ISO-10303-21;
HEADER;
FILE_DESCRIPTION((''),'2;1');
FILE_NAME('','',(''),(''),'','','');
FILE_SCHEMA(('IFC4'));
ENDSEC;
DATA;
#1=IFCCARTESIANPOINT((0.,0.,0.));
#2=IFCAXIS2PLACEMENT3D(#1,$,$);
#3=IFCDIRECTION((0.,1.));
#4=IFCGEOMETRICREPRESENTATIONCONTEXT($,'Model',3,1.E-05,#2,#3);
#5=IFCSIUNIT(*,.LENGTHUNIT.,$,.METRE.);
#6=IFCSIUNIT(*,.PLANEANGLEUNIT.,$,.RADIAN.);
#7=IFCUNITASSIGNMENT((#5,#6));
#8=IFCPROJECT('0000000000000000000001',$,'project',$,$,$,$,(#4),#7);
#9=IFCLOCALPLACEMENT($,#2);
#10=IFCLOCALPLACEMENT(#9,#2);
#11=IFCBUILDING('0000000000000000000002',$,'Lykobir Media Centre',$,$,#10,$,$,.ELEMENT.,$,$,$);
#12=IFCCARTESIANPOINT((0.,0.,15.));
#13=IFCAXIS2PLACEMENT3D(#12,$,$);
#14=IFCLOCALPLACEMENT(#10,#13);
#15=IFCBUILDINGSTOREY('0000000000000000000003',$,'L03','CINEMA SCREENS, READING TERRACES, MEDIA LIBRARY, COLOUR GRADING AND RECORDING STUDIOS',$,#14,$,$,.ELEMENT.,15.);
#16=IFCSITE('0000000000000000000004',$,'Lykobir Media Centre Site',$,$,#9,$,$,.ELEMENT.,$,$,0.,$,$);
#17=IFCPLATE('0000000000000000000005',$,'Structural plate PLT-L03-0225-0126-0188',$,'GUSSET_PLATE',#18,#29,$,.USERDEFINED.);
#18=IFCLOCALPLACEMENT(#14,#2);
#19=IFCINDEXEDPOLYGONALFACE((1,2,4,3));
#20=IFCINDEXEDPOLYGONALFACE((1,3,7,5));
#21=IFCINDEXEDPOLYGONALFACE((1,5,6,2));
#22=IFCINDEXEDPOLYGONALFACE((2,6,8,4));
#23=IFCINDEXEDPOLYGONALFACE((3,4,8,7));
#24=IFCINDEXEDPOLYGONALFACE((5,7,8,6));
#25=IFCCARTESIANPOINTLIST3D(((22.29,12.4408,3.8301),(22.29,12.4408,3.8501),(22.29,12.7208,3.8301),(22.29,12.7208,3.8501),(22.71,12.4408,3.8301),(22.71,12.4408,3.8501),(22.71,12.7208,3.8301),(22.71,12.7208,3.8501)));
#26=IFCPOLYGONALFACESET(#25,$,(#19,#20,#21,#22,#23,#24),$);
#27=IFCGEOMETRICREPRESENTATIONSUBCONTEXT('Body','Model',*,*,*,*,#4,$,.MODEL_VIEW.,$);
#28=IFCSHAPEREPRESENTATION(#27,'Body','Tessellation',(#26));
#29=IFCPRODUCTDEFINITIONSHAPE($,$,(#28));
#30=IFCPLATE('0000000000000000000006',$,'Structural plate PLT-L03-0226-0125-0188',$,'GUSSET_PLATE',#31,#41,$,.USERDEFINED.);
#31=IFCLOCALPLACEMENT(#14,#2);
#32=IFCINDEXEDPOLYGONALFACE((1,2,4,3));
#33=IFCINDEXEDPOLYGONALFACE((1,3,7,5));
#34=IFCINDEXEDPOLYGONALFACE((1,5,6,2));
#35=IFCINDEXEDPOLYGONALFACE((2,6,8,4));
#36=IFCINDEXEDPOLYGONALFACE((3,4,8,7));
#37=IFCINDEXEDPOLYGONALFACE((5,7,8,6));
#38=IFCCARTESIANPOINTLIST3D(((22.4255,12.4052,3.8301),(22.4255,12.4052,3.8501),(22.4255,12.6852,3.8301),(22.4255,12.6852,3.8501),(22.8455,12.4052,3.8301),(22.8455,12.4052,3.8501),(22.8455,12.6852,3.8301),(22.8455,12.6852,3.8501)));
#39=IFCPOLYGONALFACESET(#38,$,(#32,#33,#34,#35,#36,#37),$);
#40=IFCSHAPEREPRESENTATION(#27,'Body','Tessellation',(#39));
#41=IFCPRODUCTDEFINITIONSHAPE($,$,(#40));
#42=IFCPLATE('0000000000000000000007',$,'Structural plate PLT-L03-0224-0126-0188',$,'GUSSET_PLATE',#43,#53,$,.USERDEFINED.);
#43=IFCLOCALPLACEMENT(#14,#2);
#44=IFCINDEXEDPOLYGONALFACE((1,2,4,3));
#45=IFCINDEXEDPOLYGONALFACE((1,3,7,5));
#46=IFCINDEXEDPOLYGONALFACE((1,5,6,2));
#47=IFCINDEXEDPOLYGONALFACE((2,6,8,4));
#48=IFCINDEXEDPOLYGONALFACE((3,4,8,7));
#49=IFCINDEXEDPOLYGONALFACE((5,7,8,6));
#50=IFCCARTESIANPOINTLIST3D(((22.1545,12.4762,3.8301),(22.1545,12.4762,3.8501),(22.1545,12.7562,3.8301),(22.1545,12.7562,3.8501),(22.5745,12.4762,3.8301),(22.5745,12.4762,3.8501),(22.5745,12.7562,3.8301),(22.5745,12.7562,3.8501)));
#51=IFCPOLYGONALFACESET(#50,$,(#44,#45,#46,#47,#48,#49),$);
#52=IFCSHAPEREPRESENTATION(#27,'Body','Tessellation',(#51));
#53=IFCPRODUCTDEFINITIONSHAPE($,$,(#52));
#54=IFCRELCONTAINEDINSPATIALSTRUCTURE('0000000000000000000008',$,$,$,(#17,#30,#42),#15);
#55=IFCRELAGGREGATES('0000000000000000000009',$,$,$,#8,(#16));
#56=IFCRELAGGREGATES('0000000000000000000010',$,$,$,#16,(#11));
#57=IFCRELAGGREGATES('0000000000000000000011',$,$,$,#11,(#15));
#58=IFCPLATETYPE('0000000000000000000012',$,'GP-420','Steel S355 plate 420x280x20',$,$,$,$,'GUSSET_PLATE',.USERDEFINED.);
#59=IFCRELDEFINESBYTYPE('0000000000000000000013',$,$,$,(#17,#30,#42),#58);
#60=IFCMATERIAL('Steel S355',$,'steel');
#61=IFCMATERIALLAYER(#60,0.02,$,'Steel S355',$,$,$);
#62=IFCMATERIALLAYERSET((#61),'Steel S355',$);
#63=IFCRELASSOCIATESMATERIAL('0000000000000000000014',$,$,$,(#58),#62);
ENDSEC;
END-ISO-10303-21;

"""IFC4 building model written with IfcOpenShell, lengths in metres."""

from ifc_helpers import new_model, si_unit, direction, frame, origin, origin_2d, place, context, subcontext, project, spatial, rectangle, extrude, material, layer, layer_set, type_object, element, save


model = new_model("IFC4")

# Units and contexts
model_context = context("Model", 3, precision=1e-05, world=origin(), true_north=direction((0.0, 1.0)))
body_context = subcontext(model_context, "Body", "Model", "MODEL_VIEW")
ifc_project = project(units=[si_unit("LENGTHUNIT", "METRE"), si_unit("PLANEANGLEUNIT", "RADIAN")], contexts=[model_context])

# Site, building, storey
site_placement = place(None, origin())
site = spatial("IfcSite", under=ifc_project, at=site_placement, Name="Lykobir Media Centre Site", CompositionType="ELEMENT", RefElevation=0.0)
building_placement = place(site_placement, origin())
building = spatial("IfcBuilding", under=site, at=building_placement, Name="Lykobir Media Centre", CompositionType="ELEMENT")
storey_placement = place(building_placement, frame((0.0, 0.0, 15.0)))
storey = spatial("IfcBuildingStorey", under=building, at=storey_placement, Name="L03", Description="CINEMA SCREENS, READING TERRACES, MEDIA LIBRARY, COLOUR GRADING AND RECORDING STUDIOS", CompositionType="ELEMENT", Elevation=15.0)

# Shared definitions
ifc_material_1 = material(Name="Steel S355", Category="steel")

# Plates
ifc_layer_1 = layer(ifc_material_1, 0.02, Name="Steel S355")
ifc_layer_set_1 = layer_set([ifc_layer_1], Name="Steel S355")
plate_type_1 = type_object("IfcPlateType", Name="GP-420", Description="Steel S355 plate 420x280x20", ElementType="GUSSET_PLATE", PredefinedType="USERDEFINED", material=ifc_layer_set_1)
for number, where, z_axis, x_axis, name in (
    (1, (22.5, 12.5808, 3.8301), (0.0, 0.0, 1.0), (1.0, 0.0, 0.0), "Structural plate PLT-L03-0225-0126-0188"),
    (2, (22.6355, 12.5452, 3.8301), (0.0, 0.0, 1.0), (1.0, 0.0, 0.0), "Structural plate PLT-L03-0226-0125-0188"),
    (3, (22.3645, 12.6162, 3.8301), (0.0, 0.0, 1.0), (1.0, 0.0, 0.0), "Structural plate PLT-L03-0224-0126-0188"),
):
    element("IfcPlate", number, at=place(storey_placement, frame(where, z_axis=z_axis, x_axis=x_axis)), inside=storey, type_object=plate_type_1, Name=name, ObjectType="GUSSET_PLATE", PredefinedType="USERDEFINED", context=body_context, shape_type="SweptSolid", body=[
        extrude(rectangle(XDim=0.4199, YDim=0.28, at=origin_2d()), origin(), (0.0, 0.0, 1.0), 0.02),
    ])

save(model, "model.ifc")
